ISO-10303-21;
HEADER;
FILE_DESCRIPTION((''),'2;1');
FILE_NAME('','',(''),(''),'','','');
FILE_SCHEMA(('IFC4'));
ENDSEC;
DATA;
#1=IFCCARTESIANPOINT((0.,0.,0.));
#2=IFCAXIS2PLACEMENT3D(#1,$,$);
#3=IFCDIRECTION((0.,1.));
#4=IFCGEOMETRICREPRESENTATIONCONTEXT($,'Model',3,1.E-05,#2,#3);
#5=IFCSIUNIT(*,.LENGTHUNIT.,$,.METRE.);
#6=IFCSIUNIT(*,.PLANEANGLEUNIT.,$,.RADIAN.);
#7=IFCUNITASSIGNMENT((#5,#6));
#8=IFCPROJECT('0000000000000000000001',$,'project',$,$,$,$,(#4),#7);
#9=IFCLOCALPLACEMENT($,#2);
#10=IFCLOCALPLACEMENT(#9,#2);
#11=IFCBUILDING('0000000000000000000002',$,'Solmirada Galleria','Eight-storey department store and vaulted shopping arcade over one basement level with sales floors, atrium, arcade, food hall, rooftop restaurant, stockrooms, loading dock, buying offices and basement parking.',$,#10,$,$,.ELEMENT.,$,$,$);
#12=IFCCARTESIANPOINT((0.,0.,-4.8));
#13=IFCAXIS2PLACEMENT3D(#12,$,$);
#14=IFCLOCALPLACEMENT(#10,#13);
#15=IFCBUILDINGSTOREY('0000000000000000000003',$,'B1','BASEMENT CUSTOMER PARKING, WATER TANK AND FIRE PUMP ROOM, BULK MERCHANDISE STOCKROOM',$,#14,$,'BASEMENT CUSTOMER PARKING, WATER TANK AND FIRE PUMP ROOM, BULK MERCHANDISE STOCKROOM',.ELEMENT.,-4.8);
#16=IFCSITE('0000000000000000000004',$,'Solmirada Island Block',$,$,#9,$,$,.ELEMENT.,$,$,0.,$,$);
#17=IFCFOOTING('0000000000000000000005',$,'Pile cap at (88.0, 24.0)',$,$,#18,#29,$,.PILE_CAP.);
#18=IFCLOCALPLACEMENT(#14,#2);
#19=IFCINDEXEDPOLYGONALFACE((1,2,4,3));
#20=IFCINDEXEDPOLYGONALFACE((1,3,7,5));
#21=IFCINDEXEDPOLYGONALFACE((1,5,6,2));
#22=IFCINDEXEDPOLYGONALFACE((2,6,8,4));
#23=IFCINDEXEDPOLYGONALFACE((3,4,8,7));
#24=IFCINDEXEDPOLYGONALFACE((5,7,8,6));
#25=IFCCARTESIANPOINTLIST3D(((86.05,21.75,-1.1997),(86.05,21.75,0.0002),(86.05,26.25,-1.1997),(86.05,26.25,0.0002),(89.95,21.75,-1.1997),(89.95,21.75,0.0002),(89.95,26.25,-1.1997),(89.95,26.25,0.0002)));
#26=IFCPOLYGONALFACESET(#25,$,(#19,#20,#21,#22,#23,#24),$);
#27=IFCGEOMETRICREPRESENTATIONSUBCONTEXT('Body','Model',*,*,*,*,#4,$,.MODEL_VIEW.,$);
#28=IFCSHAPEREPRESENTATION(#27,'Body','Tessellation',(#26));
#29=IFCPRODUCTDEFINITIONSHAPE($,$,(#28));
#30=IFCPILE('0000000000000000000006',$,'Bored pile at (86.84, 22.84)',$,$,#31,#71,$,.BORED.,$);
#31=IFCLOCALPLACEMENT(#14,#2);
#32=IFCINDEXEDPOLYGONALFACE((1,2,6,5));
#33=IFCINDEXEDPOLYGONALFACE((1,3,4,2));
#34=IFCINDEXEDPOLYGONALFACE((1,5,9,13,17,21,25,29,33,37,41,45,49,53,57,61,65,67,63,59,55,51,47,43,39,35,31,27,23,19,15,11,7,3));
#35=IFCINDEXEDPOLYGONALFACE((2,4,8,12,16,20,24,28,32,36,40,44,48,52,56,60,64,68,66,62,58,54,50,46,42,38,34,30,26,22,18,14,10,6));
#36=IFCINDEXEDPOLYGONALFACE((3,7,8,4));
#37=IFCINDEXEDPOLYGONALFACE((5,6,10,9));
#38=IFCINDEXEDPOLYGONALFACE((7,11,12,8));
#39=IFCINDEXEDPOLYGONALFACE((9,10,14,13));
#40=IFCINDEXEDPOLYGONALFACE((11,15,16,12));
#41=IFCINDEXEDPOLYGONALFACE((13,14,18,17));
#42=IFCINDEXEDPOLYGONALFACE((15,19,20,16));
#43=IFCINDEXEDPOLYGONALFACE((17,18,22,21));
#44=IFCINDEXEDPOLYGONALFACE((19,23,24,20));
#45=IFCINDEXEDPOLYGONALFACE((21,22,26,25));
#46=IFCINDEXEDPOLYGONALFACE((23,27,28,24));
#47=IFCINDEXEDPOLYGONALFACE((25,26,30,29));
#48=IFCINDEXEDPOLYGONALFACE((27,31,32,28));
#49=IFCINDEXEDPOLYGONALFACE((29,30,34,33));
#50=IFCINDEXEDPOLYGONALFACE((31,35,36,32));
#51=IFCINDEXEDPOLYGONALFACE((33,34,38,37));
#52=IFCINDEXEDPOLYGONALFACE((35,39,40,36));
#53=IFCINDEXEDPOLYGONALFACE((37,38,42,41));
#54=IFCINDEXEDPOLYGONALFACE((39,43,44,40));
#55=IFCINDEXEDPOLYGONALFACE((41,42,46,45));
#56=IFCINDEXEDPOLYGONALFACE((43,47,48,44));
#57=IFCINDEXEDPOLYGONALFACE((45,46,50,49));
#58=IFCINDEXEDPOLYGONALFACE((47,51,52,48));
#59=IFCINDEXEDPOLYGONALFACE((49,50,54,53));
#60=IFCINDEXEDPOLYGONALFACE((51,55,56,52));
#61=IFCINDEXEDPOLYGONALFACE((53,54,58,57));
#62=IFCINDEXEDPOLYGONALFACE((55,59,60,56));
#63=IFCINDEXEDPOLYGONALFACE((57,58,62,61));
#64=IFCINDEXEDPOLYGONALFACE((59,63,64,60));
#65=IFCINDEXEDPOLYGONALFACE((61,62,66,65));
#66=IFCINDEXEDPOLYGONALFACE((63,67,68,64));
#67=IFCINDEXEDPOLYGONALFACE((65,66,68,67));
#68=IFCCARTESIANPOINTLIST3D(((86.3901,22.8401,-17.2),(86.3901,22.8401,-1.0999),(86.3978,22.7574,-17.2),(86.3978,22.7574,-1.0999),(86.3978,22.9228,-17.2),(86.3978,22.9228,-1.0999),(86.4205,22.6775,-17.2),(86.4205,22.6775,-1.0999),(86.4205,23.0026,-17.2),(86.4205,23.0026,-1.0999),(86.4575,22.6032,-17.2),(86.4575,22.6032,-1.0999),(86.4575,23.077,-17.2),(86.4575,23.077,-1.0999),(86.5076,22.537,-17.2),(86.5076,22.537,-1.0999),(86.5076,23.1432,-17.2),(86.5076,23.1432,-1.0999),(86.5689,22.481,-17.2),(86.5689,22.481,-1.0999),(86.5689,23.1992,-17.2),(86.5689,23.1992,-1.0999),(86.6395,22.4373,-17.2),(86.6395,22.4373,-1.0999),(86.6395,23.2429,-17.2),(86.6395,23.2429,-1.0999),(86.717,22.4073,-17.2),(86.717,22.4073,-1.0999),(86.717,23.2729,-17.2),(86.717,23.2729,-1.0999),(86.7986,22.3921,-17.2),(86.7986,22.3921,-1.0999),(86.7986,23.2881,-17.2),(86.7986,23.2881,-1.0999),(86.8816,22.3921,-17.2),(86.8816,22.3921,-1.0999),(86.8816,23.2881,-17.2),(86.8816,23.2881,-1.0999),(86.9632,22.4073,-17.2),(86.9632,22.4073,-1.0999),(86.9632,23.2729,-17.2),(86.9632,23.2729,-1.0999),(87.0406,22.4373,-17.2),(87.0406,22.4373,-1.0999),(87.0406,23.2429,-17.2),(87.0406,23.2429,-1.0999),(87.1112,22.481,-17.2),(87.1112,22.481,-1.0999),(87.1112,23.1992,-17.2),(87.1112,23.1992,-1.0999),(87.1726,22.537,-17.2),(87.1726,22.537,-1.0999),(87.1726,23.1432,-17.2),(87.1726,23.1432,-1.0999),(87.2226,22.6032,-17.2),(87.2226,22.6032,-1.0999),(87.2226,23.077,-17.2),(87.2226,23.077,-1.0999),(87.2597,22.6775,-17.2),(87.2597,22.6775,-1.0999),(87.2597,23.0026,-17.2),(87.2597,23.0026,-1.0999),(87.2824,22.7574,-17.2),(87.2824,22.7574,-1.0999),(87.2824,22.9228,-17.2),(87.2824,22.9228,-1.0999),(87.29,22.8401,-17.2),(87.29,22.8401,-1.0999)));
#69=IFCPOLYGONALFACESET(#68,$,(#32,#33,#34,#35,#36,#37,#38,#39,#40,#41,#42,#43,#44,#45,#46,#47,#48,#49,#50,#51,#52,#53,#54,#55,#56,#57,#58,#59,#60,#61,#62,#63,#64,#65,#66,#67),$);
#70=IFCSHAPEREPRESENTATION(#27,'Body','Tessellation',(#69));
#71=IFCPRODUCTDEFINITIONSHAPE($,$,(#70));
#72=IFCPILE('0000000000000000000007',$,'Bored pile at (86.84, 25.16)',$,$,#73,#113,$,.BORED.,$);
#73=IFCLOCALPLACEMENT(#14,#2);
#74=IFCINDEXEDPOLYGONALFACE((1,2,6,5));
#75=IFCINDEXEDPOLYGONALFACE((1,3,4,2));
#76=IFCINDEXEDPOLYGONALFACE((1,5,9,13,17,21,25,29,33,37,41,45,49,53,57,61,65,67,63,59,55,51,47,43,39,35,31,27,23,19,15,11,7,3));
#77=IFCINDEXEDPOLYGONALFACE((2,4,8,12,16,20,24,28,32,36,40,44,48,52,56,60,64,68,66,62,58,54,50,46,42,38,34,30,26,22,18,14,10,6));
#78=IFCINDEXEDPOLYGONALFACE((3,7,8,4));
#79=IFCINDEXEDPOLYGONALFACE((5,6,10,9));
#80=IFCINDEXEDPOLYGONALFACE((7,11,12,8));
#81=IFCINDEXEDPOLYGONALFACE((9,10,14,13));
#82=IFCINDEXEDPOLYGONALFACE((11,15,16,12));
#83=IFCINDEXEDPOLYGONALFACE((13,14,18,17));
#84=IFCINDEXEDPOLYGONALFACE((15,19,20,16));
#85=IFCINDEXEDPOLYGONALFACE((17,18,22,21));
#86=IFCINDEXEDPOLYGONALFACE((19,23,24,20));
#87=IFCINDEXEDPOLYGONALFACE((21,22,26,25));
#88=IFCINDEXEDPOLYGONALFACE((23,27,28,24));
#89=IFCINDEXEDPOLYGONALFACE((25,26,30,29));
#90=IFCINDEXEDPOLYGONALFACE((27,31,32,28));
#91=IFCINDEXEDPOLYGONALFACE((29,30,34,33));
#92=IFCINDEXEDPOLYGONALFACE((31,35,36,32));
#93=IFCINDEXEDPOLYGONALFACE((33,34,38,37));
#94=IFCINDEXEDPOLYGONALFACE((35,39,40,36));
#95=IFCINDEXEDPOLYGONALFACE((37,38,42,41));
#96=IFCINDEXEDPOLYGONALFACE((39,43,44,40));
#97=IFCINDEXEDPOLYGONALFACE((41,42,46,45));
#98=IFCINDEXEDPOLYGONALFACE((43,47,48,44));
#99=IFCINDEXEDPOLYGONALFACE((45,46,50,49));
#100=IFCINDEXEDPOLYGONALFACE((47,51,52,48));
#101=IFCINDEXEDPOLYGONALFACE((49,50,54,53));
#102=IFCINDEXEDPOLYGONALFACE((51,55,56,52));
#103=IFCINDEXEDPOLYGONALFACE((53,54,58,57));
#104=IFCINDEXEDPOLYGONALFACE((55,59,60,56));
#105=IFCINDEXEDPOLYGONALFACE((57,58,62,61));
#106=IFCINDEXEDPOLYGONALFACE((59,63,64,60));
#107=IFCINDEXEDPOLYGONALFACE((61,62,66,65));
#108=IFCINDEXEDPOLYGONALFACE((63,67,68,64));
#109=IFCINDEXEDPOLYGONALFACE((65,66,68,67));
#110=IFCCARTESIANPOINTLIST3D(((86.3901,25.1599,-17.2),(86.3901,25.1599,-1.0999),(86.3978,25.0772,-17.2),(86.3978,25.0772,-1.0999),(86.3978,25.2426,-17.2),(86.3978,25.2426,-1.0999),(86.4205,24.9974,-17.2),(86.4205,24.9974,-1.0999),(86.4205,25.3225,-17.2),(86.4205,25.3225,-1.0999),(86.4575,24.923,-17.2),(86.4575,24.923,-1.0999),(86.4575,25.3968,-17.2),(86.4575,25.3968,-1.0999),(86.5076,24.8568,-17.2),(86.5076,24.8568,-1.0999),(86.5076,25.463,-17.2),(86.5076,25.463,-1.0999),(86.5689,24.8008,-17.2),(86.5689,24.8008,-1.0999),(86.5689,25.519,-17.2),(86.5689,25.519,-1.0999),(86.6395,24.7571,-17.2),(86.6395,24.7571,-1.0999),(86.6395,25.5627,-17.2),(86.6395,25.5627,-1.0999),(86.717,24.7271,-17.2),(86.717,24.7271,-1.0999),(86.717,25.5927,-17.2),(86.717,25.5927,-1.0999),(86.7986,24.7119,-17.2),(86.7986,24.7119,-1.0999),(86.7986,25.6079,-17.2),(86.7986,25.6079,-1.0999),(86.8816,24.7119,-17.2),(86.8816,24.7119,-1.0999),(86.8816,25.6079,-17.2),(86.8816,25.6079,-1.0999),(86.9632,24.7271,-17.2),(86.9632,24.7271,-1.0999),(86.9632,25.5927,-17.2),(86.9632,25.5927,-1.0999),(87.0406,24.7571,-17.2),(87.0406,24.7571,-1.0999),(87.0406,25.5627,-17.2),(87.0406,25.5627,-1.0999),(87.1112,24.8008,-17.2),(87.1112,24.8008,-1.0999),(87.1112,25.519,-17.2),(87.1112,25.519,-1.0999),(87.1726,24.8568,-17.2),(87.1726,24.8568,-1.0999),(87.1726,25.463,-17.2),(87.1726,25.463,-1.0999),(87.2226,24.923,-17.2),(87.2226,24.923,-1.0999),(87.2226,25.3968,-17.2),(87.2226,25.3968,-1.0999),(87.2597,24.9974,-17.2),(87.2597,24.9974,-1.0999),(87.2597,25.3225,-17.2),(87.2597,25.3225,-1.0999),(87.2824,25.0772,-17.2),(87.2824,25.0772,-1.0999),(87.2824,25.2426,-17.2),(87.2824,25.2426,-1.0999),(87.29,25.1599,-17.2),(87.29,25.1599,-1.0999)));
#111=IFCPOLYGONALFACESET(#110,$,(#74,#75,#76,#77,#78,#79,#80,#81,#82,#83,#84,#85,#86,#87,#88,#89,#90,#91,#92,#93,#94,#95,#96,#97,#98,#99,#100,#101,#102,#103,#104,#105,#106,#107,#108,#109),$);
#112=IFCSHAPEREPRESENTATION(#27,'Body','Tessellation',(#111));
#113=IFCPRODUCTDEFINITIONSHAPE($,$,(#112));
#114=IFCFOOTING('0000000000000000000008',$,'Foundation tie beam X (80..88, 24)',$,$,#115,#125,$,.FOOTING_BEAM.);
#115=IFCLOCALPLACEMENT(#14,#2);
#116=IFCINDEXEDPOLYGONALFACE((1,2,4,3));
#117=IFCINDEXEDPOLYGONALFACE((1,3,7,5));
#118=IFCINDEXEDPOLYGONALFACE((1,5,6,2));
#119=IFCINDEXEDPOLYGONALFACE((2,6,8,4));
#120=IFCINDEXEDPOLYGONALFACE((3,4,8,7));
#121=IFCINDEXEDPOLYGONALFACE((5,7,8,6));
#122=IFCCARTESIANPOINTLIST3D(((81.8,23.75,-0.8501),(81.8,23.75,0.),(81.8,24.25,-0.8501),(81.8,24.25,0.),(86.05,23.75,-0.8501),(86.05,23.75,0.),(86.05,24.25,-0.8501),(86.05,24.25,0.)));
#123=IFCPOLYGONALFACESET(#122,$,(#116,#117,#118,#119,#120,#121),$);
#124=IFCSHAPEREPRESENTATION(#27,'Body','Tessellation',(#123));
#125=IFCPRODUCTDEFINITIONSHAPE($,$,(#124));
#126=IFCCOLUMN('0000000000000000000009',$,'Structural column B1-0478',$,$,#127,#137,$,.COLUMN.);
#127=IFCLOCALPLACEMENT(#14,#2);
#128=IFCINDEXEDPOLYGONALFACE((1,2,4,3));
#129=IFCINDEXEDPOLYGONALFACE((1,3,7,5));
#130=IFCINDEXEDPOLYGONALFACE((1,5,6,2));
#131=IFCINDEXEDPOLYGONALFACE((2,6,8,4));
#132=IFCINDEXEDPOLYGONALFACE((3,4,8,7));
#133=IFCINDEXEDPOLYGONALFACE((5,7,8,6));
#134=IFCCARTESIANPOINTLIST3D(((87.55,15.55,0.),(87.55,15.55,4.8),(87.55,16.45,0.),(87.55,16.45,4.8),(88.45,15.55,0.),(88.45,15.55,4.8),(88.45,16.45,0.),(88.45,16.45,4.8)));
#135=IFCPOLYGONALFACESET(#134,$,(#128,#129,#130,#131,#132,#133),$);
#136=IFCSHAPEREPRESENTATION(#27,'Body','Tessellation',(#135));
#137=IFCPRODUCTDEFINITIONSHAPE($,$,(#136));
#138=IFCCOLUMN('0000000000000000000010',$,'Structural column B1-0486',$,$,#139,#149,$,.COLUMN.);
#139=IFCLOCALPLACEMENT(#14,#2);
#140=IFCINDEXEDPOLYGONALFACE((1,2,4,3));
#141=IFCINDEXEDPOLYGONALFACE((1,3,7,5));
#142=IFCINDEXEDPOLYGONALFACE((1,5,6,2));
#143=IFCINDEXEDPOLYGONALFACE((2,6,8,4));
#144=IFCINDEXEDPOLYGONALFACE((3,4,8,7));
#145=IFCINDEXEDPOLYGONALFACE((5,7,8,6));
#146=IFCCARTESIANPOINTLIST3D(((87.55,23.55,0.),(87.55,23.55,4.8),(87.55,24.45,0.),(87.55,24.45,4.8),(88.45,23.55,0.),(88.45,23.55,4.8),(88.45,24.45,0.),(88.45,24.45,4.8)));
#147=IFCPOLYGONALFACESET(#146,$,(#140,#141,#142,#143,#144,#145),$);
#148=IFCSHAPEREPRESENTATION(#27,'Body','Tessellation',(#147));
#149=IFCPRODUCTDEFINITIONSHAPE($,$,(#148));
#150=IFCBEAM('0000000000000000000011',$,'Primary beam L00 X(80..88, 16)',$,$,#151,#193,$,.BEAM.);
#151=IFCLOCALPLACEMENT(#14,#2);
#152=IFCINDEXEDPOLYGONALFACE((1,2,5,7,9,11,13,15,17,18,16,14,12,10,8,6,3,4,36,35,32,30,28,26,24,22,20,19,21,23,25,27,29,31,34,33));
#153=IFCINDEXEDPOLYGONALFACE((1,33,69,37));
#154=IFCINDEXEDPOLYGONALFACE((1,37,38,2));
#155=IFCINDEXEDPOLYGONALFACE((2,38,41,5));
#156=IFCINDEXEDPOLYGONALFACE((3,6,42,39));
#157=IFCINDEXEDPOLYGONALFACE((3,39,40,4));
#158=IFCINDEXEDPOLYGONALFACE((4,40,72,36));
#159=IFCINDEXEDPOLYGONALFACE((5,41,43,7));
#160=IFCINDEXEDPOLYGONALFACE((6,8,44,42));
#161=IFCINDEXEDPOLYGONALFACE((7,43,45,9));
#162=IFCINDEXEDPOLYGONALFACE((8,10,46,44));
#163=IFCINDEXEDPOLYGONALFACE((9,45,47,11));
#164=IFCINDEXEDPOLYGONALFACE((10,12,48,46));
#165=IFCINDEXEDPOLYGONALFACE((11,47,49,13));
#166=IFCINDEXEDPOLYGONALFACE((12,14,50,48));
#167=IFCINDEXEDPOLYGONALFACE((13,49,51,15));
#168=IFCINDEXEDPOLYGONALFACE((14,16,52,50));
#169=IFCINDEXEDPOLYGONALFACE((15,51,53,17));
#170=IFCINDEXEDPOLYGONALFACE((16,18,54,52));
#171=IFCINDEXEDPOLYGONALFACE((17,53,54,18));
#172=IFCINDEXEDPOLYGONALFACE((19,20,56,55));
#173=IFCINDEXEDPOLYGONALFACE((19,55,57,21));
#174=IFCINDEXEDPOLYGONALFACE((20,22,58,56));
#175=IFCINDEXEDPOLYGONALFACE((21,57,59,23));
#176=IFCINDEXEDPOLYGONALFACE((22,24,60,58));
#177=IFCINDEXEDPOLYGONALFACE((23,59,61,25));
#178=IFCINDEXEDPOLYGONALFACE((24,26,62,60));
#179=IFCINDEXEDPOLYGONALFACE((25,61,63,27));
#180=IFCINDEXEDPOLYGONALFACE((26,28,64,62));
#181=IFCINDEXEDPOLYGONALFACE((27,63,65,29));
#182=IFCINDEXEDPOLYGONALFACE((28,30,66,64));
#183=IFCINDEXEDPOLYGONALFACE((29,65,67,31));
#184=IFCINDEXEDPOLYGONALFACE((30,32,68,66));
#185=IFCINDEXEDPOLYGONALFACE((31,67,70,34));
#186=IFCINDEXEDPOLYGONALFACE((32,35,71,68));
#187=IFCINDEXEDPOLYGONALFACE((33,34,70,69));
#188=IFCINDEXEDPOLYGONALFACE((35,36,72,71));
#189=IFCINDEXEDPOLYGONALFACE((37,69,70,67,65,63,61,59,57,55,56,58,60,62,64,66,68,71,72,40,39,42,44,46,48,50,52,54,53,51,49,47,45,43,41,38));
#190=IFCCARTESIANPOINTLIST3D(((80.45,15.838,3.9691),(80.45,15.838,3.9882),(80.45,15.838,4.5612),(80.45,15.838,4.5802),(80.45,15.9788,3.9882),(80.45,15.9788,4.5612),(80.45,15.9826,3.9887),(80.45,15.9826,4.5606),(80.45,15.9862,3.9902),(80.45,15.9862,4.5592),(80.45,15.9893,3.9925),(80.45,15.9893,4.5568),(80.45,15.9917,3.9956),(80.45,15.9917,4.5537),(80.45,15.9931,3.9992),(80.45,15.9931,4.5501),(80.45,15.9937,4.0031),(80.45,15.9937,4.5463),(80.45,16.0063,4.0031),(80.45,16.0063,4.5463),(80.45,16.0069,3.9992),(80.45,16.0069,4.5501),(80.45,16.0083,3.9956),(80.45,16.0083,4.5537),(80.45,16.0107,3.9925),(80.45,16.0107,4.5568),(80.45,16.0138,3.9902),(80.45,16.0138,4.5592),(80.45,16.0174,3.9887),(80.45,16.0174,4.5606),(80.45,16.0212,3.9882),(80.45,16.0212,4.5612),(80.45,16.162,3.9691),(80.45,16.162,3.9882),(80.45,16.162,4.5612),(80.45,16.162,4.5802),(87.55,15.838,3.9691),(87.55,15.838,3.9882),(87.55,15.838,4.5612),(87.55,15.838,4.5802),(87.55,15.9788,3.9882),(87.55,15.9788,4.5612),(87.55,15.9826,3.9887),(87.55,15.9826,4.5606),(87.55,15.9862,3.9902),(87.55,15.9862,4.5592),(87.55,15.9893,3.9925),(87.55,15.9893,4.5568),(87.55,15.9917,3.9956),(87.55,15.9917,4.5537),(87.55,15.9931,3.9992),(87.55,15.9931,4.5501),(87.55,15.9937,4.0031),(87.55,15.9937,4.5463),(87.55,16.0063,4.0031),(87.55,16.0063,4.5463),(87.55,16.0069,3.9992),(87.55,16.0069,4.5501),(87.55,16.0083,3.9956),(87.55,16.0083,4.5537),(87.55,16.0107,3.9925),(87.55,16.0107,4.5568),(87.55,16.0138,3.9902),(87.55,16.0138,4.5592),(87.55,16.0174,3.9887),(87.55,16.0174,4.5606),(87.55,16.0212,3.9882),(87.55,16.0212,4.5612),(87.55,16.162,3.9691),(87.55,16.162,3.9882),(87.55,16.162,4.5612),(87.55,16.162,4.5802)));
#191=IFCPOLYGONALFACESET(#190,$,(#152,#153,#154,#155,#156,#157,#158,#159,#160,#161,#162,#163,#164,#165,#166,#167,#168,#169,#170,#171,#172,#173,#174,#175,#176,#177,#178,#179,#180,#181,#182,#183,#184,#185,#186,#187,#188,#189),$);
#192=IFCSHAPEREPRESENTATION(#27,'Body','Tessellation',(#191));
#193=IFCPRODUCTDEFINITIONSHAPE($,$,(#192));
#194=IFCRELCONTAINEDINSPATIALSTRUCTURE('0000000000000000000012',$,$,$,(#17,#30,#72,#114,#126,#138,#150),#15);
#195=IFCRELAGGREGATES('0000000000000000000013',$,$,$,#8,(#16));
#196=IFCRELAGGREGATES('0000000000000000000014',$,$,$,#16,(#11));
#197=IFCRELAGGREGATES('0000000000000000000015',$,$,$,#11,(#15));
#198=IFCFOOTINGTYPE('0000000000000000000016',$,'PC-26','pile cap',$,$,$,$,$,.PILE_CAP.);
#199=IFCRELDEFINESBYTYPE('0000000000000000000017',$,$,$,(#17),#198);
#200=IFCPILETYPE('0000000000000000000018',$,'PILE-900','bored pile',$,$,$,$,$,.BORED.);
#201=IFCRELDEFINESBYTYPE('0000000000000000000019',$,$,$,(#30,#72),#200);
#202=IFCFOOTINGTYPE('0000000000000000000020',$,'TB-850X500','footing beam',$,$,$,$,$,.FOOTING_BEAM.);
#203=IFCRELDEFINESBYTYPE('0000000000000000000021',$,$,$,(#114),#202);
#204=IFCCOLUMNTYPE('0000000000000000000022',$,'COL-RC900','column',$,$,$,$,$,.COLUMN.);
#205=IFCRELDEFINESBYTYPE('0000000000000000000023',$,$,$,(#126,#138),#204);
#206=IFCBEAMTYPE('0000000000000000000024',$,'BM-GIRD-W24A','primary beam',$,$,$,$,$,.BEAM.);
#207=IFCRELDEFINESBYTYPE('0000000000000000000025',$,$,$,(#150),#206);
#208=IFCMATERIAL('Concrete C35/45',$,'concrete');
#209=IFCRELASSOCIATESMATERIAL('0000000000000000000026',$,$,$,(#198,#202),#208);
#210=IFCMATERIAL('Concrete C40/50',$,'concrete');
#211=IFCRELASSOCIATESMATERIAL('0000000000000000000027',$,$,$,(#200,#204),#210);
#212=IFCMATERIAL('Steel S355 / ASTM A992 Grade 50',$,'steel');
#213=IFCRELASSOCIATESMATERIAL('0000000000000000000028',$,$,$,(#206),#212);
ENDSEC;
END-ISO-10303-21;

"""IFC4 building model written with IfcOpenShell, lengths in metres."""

from ifc_helpers import new_model, si_unit, direction, frame, origin, origin_2d, place, context, subcontext, project, spatial, rectangle, circle, i_section, extrude, material, material_profile, profile_set, type_object, element, save


model = new_model("IFC4")

# Units and contexts
model_context = context("Model", 3, precision=1e-05, world=origin(), true_north=direction((0.0, 1.0)))
body_context = subcontext(model_context, "Body", "Model", "MODEL_VIEW")
ifc_project = project(units=[si_unit("LENGTHUNIT", "METRE"), si_unit("PLANEANGLEUNIT", "RADIAN")], contexts=[model_context])

# Site, building, storey
site_placement = place(None, origin())
site = spatial("IfcSite", under=ifc_project, at=site_placement, Name="Solmirada Island Block", CompositionType="ELEMENT", RefElevation=0.0)
building_placement = place(site_placement, origin())
building = spatial("IfcBuilding", under=site, at=building_placement, Name="Solmirada Galleria", Description="Eight-storey department store and vaulted shopping arcade over one basement level with sales floors, atrium, arcade, food hall, rooftop restaurant, stockrooms, loading dock, buying offices and basement parking.", CompositionType="ELEMENT")
storey_placement = place(building_placement, frame((0.0, 0.0, -4.8)))
storey = spatial("IfcBuildingStorey", under=building, at=storey_placement, Name="B1", Description="BASEMENT CUSTOMER PARKING, WATER TANK AND FIRE PUMP ROOM, BULK MERCHANDISE STOCKROOM", LongName="BASEMENT CUSTOMER PARKING, WATER TANK AND FIRE PUMP ROOM, BULK MERCHANDISE STOCKROOM", CompositionType="ELEMENT", Elevation=-4.8)

# Footing
ifc_material_1 = material(Name="Concrete C35/45", Category="concrete")
footing_type_1 = type_object("IfcFootingType", Name="PC-26", Description="pile cap", PredefinedType="PILE_CAP", material=ifc_material_1)
footing_1_placement = place(storey_placement, frame((88.0, 24.0, -1.1997), z_axis=(0.0, 0.0, 1.0), x_axis=(1.0, 0.0, 0.0)))
element("IfcFooting", 1, at=footing_1_placement, inside=storey, type_object=footing_type_1, Name="Pile cap at (88.0, 24.0)", PredefinedType="PILE_CAP", context=body_context, shape_type="SweptSolid", body=[
    extrude(rectangle(XDim=3.8999, YDim=4.5, at=origin_2d()), origin(), (0.0, 0.0, 1.0), 1.2),
])

# Piles
ifc_material_2 = material(Name="Concrete C40/50", Category="concrete")
ifc_material_profile_1 = material_profile(ifc_material_2, circle(Radius=0.45, at=origin_2d()), Name="PILE900")
ifc_profile_set_1 = profile_set([ifc_material_profile_1], Name="Concrete C40/50")
pile_type = type_object("IfcPileType", Name="PILE-900", Description="bored pile", PredefinedType="BORED", material=ifc_profile_set_1)
for number, where, z_axis, x_axis, name in (
    (2, (86.8401, 22.8401, -1.0999), (0.0, 0.0, -1.0), (1.0, 0.0, 0.0), "Bored pile at (86.84, 22.84)"),
    (3, (86.8401, 25.1599, -1.0999), (0.0, 0.0, -1.0), (1.0, 0.0, 0.0), "Bored pile at (86.84, 25.16)"),
):
    element("IfcPile", number, at=place(storey_placement, frame(where, z_axis=z_axis, x_axis=x_axis)), inside=storey, type_object=pile_type, Name=name, PredefinedType="BORED", context=body_context, shape_type="SweptSolid", body=[
        extrude(circle(Radius=0.45, at=origin_2d()), origin(), (0.0, 0.0, 1.0), 16.1001),
    ])

# Footing
ifc_material_profile_2 = material_profile(ifc_material_1, rectangle(XDim=0.5, YDim=0.8501, at=origin_2d()), Name="RC850X500")
ifc_profile_set_2 = profile_set([ifc_material_profile_2], Name="Concrete C35/45")
footing_type_2 = type_object("IfcFootingType", Name="TB-850X500", Description="footing beam", PredefinedType="FOOTING_BEAM", material=ifc_profile_set_2)
footing_2_placement = place(storey_placement, frame((81.8, 24.0, -0.425), z_axis=(1.0, 0.0, 0.0), x_axis=(0.0, 1.0, 0.0)))
element("IfcFooting", 4, at=footing_2_placement, inside=storey, type_object=footing_type_2, Name="Foundation tie beam X (80..88, 24)", PredefinedType="FOOTING_BEAM", context=body_context, shape_type="SweptSolid", body=[
    extrude(rectangle(XDim=0.5, YDim=0.8501, at=origin_2d()), origin(), (0.0, 0.0, 1.0), 4.25),
])

# Columns
ifc_material_profile_3 = material_profile(ifc_material_2, rectangle(XDim=0.8999, YDim=0.8999, at=origin_2d()), Name="RC900X900")
ifc_profile_set_3 = profile_set([ifc_material_profile_3], Name="Concrete C40/50")
column_type = type_object("IfcColumnType", Name="COL-RC900", Description="column", PredefinedType="COLUMN", material=ifc_profile_set_3)
for number, where, z_axis, x_axis, name in (
    (5, (88.0, 16.0, 0.0), (0.0, 0.0, 1.0), (1.0, 0.0, 0.0), "Structural column B1-0478"),
    (6, (88.0, 24.0, 0.0), (0.0, 0.0, 1.0), (1.0, 0.0, 0.0), "Structural column B1-0486"),
):
    element("IfcColumn", number, at=place(storey_placement, frame(where, z_axis=z_axis, x_axis=x_axis)), inside=storey, type_object=column_type, Name=name, PredefinedType="COLUMN", context=body_context, shape_type="SweptSolid", body=[
        extrude(rectangle(XDim=0.8999, YDim=0.8999, at=origin_2d()), origin(), (0.0, 0.0, 1.0), 4.8),
    ])

# Beam
ifc_material_3 = material(Name="Steel S355 / ASTM A992 Grade 50", Category="steel")
ifc_material_profile_4 = material_profile(ifc_material_3, i_section(OverallWidth=0.324, OverallDepth=0.6111, WebThickness=0.0127, FlangeThickness=0.019, FilletRadius=0.0149, at=origin_2d()), Name="W24X104")
ifc_profile_set_4 = profile_set([ifc_material_profile_4], Name="Steel S355 / ASTM A992 Grade 50")
beam_type_1 = type_object("IfcBeamType", Name="BM-GIRD-W24A", Description="primary beam", PredefinedType="BEAM", material=ifc_profile_set_4)
beam_1_placement = place(storey_placement, frame((80.45, 16.0, 4.2747), z_axis=(1.0, 0.0, 0.0), x_axis=(0.0, 1.0, 0.0)))
element("IfcBeam", 7, at=beam_1_placement, inside=storey, type_object=beam_type_1, Name="Primary beam L00 X(80..88, 16)", PredefinedType="BEAM", context=body_context, shape_type="SweptSolid", body=[
    extrude(i_section(OverallWidth=0.324, OverallDepth=0.6111, WebThickness=0.0127, FlangeThickness=0.019, FilletRadius=0.0149, at=origin_2d()), origin(), (0.0, 0.0, 1.0), 7.1001),
])

save(model, "model.ifc")
